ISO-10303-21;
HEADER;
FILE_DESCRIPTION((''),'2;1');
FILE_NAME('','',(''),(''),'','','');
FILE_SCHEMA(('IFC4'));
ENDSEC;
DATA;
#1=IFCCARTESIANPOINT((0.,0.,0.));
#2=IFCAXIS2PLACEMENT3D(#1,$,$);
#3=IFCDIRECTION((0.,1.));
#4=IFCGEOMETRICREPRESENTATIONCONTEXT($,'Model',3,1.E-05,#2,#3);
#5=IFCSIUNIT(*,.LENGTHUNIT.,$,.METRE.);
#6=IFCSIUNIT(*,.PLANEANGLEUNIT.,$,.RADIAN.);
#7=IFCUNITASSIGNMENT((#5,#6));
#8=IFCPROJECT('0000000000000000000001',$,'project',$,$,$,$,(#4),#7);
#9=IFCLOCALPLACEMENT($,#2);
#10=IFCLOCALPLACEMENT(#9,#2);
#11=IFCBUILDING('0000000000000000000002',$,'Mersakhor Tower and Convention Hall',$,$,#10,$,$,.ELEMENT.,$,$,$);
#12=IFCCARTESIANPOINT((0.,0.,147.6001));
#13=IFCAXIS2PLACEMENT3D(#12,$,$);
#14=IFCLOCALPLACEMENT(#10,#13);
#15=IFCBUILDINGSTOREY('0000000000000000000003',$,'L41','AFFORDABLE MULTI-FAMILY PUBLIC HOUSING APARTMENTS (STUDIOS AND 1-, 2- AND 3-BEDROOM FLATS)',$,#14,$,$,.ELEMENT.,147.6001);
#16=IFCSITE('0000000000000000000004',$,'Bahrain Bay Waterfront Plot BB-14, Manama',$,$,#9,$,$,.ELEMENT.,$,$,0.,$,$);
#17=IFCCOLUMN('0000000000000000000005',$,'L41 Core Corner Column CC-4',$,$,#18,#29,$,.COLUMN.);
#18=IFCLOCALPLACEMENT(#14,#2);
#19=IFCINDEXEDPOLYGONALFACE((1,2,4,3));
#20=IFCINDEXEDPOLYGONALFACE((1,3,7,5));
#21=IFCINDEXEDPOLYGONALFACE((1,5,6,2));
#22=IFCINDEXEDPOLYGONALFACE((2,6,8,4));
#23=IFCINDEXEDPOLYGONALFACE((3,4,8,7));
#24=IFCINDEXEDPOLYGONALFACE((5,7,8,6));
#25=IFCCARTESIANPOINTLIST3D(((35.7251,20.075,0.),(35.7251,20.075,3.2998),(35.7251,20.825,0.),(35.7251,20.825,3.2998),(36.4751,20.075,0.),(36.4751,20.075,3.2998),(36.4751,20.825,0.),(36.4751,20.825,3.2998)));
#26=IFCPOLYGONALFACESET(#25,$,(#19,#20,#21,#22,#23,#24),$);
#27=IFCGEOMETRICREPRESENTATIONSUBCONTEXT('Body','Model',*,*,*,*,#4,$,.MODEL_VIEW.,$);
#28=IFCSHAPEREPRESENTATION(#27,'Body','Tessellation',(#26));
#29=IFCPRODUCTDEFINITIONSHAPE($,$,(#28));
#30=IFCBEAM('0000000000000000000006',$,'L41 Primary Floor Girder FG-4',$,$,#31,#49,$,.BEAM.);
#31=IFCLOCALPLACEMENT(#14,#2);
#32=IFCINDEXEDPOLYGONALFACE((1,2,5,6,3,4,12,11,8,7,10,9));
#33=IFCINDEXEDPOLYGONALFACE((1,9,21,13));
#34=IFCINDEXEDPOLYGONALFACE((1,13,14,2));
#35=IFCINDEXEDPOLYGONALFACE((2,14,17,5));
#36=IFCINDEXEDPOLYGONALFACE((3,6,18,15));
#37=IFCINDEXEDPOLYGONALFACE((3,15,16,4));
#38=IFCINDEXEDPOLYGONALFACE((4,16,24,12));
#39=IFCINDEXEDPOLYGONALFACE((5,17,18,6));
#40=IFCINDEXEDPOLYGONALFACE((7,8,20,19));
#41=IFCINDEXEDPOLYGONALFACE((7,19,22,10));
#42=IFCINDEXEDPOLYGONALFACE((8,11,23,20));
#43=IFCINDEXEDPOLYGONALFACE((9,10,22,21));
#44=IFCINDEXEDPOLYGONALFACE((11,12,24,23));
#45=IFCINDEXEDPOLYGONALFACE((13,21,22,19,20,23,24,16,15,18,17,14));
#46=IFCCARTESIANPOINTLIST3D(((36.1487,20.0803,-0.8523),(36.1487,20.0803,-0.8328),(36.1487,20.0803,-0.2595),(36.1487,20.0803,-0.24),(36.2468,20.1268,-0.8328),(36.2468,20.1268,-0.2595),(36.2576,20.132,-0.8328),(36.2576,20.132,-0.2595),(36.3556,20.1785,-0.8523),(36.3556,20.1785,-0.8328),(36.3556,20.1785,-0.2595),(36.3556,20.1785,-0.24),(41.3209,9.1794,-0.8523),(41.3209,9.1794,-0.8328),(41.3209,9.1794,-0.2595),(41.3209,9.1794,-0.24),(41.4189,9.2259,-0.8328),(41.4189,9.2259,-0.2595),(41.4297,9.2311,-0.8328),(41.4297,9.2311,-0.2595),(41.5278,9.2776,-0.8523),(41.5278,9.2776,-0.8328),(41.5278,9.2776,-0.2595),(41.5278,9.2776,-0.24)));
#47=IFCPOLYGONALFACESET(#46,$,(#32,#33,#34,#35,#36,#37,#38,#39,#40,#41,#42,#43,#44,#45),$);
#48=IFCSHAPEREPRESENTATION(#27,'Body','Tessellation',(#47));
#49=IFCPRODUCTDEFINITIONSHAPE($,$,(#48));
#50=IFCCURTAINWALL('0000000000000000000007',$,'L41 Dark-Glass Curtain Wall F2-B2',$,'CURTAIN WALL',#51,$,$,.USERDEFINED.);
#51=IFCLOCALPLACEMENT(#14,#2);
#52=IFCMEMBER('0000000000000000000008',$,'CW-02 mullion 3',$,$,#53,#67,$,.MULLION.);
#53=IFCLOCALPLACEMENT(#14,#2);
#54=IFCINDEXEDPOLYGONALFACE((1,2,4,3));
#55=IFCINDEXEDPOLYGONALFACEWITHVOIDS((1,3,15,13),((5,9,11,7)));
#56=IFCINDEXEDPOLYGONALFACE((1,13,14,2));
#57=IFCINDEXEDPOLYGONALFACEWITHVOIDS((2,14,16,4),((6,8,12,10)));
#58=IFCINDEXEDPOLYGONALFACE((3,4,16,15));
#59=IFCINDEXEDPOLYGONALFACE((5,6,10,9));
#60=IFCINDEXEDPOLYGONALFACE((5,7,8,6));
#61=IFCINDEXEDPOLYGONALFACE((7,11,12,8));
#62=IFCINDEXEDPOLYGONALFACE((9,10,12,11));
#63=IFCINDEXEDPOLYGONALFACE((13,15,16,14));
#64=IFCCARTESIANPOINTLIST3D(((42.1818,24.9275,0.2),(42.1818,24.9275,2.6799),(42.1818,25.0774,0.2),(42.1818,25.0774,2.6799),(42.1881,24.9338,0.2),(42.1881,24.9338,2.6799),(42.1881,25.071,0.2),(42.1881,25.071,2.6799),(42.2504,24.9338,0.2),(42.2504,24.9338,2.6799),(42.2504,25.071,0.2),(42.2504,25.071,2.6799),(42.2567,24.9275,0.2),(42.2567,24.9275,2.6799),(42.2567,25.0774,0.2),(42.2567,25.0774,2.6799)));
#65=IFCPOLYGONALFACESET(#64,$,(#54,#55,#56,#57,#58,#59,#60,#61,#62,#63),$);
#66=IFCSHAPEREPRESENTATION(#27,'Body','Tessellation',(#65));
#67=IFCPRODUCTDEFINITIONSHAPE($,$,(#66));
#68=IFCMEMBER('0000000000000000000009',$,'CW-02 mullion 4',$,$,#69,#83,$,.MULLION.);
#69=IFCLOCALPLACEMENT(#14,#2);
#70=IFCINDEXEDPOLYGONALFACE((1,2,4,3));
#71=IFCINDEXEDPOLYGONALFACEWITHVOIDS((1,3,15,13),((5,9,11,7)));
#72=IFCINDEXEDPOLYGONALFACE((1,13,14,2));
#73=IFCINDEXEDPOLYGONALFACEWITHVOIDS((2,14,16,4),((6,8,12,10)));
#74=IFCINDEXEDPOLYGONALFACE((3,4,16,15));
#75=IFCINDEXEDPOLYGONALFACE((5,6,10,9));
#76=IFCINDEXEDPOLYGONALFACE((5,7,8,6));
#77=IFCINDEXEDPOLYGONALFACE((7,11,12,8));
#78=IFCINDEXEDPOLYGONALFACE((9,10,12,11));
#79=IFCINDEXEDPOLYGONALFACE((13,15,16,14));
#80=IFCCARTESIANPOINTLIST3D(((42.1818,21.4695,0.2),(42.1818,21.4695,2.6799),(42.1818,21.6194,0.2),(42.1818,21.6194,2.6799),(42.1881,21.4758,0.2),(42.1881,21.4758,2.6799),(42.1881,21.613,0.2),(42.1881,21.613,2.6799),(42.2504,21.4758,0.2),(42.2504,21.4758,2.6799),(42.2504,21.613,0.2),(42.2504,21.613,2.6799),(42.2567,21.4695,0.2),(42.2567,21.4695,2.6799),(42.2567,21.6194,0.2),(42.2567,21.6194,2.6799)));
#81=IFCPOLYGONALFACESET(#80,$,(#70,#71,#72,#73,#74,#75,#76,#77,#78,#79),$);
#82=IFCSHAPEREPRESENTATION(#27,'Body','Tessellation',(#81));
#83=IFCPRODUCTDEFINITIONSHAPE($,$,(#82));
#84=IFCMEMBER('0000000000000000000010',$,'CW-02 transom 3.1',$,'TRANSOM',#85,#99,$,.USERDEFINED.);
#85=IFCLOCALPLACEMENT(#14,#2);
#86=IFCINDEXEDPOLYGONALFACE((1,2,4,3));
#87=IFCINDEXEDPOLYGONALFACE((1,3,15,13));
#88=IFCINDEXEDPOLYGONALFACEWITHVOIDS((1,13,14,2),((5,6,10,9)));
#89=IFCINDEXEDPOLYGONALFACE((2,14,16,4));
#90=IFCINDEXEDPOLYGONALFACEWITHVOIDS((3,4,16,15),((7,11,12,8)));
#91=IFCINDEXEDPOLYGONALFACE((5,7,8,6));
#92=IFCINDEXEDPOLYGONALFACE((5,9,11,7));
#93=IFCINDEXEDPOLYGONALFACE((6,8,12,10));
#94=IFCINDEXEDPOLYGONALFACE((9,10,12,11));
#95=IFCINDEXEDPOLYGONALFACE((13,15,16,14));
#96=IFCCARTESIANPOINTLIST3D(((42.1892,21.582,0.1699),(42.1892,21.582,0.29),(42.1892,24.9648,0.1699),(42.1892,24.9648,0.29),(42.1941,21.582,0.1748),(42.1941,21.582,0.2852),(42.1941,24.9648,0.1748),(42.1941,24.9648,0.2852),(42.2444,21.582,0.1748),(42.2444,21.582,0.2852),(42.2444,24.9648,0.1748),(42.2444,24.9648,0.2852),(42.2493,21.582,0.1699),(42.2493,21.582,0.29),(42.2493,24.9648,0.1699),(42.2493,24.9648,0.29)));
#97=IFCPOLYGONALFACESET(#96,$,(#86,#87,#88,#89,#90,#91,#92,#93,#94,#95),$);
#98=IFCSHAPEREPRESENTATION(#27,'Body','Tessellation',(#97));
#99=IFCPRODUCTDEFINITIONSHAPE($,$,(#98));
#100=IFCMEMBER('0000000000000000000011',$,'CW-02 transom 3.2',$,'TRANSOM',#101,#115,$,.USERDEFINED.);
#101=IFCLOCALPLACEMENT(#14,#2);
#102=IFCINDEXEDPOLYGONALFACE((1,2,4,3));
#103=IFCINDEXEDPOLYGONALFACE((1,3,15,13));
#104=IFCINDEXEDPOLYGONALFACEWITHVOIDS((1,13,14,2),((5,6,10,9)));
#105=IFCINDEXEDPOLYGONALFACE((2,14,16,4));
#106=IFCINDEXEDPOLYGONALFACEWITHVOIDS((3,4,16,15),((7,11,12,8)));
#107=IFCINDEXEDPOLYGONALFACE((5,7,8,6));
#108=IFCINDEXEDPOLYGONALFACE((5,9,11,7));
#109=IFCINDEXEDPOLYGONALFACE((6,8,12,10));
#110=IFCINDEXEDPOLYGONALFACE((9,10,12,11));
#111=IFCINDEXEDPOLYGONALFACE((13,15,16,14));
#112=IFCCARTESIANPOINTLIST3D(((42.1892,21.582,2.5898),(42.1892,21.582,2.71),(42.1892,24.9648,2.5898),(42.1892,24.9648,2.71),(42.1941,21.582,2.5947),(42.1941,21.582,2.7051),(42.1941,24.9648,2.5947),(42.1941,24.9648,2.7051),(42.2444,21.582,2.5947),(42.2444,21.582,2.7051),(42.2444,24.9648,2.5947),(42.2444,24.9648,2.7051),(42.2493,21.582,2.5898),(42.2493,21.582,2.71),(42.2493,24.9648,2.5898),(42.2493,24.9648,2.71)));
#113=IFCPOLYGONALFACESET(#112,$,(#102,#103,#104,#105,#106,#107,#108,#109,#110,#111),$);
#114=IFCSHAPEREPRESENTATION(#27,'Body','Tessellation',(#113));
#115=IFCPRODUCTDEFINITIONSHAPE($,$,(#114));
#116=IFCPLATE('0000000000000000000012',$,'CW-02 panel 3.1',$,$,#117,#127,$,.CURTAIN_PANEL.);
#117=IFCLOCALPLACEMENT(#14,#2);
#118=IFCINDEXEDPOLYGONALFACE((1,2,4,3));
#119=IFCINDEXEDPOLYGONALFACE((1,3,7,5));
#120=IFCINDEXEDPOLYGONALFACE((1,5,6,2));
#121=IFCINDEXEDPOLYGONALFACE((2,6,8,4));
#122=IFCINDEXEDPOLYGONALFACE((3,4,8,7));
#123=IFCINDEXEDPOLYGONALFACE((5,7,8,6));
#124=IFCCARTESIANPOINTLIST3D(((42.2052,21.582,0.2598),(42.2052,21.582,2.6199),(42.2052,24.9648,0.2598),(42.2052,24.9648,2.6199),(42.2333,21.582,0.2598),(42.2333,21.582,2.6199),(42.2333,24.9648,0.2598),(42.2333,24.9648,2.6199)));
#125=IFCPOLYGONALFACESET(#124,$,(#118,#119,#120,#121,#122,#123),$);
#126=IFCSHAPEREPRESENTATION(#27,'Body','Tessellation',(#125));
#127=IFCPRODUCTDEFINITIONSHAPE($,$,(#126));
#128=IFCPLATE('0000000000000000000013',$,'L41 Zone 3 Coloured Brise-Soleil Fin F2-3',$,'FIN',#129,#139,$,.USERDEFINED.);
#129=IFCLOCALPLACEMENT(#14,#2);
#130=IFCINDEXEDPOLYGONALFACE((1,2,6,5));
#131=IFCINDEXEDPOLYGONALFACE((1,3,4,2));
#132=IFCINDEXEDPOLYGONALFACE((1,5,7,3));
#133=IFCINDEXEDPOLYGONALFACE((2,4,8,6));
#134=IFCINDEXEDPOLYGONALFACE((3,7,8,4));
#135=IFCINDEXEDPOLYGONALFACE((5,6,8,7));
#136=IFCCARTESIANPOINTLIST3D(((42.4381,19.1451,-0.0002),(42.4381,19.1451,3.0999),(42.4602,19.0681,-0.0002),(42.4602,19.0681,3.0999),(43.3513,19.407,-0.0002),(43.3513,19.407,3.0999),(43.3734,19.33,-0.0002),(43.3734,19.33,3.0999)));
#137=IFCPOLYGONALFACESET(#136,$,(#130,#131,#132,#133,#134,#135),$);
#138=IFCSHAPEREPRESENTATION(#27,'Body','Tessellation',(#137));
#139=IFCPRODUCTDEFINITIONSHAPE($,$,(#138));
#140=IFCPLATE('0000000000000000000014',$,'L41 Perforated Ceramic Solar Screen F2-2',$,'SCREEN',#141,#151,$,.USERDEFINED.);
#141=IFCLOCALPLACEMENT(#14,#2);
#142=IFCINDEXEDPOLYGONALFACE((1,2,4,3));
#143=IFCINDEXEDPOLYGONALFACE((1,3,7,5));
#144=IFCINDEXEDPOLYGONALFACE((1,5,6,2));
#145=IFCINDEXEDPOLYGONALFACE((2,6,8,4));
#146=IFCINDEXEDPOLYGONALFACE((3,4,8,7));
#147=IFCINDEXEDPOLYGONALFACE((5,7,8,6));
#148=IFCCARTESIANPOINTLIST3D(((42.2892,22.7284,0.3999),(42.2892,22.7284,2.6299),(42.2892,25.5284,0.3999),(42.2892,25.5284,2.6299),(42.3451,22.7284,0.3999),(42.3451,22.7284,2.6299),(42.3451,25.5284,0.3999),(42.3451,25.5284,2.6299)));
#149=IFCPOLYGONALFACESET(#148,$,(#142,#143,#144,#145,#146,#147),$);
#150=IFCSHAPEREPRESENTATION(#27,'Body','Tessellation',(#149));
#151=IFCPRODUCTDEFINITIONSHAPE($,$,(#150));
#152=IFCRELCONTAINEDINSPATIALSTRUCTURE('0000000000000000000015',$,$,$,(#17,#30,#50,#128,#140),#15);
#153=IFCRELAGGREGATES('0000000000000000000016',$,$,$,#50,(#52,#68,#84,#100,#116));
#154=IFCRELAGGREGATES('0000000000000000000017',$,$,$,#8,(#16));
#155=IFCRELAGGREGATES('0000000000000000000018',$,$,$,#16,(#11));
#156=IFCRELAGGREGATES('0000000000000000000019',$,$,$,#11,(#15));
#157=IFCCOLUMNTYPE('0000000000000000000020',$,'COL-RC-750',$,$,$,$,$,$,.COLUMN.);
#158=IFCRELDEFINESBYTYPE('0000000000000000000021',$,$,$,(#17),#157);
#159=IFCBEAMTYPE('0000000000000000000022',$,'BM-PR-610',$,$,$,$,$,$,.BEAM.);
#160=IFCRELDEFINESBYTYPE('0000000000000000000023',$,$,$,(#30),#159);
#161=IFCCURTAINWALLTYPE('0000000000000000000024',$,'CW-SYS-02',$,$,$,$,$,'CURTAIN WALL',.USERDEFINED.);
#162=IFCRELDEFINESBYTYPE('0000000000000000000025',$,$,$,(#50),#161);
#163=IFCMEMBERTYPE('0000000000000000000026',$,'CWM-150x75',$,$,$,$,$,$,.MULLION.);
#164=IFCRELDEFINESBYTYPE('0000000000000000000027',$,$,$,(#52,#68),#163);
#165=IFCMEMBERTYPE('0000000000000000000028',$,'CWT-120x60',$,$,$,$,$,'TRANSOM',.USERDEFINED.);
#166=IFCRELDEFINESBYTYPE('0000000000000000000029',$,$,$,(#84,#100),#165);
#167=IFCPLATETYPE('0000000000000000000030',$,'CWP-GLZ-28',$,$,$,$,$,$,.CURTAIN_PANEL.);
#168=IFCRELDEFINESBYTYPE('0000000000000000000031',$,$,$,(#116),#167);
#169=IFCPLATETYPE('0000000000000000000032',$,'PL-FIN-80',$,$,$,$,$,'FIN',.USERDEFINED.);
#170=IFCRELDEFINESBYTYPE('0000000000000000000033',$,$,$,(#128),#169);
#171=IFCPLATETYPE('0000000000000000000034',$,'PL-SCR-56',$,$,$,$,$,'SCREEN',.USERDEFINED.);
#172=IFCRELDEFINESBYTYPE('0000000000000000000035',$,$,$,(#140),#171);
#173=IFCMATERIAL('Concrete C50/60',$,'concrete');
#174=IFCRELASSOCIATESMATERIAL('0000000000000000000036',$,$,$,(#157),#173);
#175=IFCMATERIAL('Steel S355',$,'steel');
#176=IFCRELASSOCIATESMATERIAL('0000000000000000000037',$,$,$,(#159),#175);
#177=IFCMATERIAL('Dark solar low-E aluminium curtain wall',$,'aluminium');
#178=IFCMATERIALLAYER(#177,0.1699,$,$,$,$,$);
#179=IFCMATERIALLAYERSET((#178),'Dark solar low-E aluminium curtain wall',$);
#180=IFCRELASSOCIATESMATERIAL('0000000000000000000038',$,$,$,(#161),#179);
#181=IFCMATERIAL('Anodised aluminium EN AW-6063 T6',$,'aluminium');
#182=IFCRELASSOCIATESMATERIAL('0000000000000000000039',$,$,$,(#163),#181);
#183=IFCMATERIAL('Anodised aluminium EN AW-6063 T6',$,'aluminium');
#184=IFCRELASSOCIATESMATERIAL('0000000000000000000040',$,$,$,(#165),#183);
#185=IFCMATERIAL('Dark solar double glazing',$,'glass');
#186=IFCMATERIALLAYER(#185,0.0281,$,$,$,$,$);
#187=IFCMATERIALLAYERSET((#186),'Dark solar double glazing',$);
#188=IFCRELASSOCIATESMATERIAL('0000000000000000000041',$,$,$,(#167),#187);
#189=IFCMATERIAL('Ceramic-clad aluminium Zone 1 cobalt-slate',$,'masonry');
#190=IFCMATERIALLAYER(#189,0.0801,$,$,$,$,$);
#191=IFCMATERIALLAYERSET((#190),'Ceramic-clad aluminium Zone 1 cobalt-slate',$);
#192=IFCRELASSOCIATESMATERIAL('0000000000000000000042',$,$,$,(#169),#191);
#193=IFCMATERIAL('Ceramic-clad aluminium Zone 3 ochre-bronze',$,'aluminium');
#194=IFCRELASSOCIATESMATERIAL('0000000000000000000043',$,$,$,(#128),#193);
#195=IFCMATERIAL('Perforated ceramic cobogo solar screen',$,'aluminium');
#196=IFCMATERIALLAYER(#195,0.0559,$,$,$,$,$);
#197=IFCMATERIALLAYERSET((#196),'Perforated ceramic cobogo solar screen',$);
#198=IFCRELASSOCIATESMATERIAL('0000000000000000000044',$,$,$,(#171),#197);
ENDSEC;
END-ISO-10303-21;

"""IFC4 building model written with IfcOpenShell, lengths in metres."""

from ifc_helpers import new_model, si_unit, direction, frame, origin, origin_2d, place, context, subcontext, project, spatial, rectangle, hollow_rectangle, i_section, extrude, material, layer, layer_set, material_profile, profile_set, type_object, element, aggregate, save


model = new_model("IFC4")

# Units and contexts
model_context = context("Model", 3, precision=1e-05, world=origin(), true_north=direction((0.0, 1.0)))
body_context = subcontext(model_context, "Body", "Model", "MODEL_VIEW")
ifc_project = project(units=[si_unit("LENGTHUNIT", "METRE"), si_unit("PLANEANGLEUNIT", "RADIAN")], contexts=[model_context])

# Site, building, storey
site_placement = place(None, origin())
site = spatial("IfcSite", under=ifc_project, at=site_placement, Name="Bahrain Bay Waterfront Plot BB-14, Manama", CompositionType="ELEMENT", RefElevation=0.0)
building_placement = place(site_placement, origin())
building = spatial("IfcBuilding", under=site, at=building_placement, Name="Mersakhor Tower and Convention Hall", CompositionType="ELEMENT")
storey_placement = place(building_placement, frame((0.0, 0.0, 147.6001)))
storey = spatial("IfcBuildingStorey", under=building, at=storey_placement, Name="L41", Description="AFFORDABLE MULTI-FAMILY PUBLIC HOUSING APARTMENTS (STUDIOS AND 1-, 2- AND 3-BEDROOM FLATS)", CompositionType="ELEMENT", Elevation=147.6001)

# Column
ifc_material_1 = material(Name="Concrete C50/60", Category="concrete")
ifc_material_profile_1 = material_profile(ifc_material_1, rectangle(XDim=0.75, YDim=0.75, at=origin_2d()), Name="RC 750x750")
ifc_profile_set_1 = profile_set([ifc_material_profile_1], Name="Concrete C50/60")
column_type = type_object("IfcColumnType", Name="COL-RC-750", PredefinedType="COLUMN", material=ifc_profile_set_1)
column_placement = place(storey_placement, frame((36.1001, 20.45, 0.0), z_axis=(0.0, 0.0, 1.0), x_axis=(1.0, 0.0, 0.0)))
element("IfcColumn", 1, at=column_placement, inside=storey, type_object=column_type, Name="L41 Core Corner Column CC-4", PredefinedType="COLUMN", context=body_context, shape_type="SweptSolid", body=[
    extrude(rectangle(XDim=0.75, YDim=0.75, at=origin_2d()), origin(), (0.0, 0.0, 1.0), 3.2998),
])

# Beam
ifc_material_2 = material(Name="Steel S355", Category="steel")
ifc_material_profile_2 = material_profile(ifc_material_2, i_section(OverallWidth=0.229, OverallDepth=0.6123, WebThickness=0.012, FlangeThickness=0.0195, at=origin_2d()), Name="UB 610x229x125")
ifc_profile_set_2 = profile_set([ifc_material_profile_2], Name="Steel S355")
beam_type = type_object("IfcBeamType", Name="BM-PR-610", PredefinedType="BEAM", material=ifc_profile_set_2)
beam_placement = place(storey_placement, frame((36.2522, 20.1294, -0.5461), z_axis=(0.428665, -0.903464, 0.0), x_axis=(0.903464, 0.428665, 0.0)))
element("IfcBeam", 2, at=beam_placement, inside=storey, type_object=beam_type, Name="L41 Primary Floor Girder FG-4", PredefinedType="BEAM", context=body_context, shape_type="SweptSolid", body=[
    extrude(i_section(OverallWidth=0.229, OverallDepth=0.6123, WebThickness=0.012, FlangeThickness=0.0195, at=origin_2d()), origin(), (0.0, 0.0, 1.0), 12.0657),
])

# Curtain wall, members, plate
ifc_material_3 = material(Name="Dark solar low-E aluminium curtain wall", Category="aluminium")
ifc_layer_1 = layer(ifc_material_3, 0.1699)
ifc_layer_set_1 = layer_set([ifc_layer_1], Name="Dark solar low-E aluminium curtain wall")
curtain_wall_type = type_object("IfcCurtainWallType", Name="CW-SYS-02", ElementType="CURTAIN WALL", PredefinedType="USERDEFINED", material=ifc_layer_set_1)
curtain_wall_placement = place(storey_placement, origin())
curtain_wall = element("IfcCurtainWall", 3, at=curtain_wall_placement, inside=storey, type_object=curtain_wall_type, Name="L41 Dark-Glass Curtain Wall F2-B2", ObjectType="CURTAIN WALL", PredefinedType="USERDEFINED")
ifc_material_4 = material(Name="Anodised aluminium EN AW-6063 T6", Category="aluminium")
ifc_material_profile_3 = material_profile(ifc_material_4, hollow_rectangle(XDim=0.075, YDim=0.1499, WallThickness=0.0063, at=origin_2d()), Name="RHS 150x75x6.3")
ifc_profile_set_3 = profile_set([ifc_material_profile_3], Name="Anodised aluminium EN AW-6063 T6")
member_type_1 = type_object("IfcMemberType", Name="CWM-150x75", PredefinedType="MULLION", material=ifc_profile_set_3)
member_1_placement = place(storey_placement, frame((42.2192, 25.0024, 0.2), z_axis=(0.0, 0.0, 1.0), x_axis=(1.0, 0.0, 0.0)))
member_1 = element("IfcMember", 4, at=member_1_placement, type_object=member_type_1, Name="CW-02 mullion 3", PredefinedType="MULLION", context=body_context, shape_type="SweptSolid", body=[
    extrude(hollow_rectangle(XDim=0.075, YDim=0.1499, WallThickness=0.0063, at=origin_2d()), origin(), (0.0, 0.0, 1.0), 2.48),
])
member_2_placement = place(storey_placement, frame((42.2192, 21.5444, 0.2), z_axis=(0.0, 0.0, 1.0), x_axis=(1.0, 0.0, 0.0)))
member_2 = element("IfcMember", 5, at=member_2_placement, type_object=member_type_1, Name="CW-02 mullion 4", PredefinedType="MULLION", context=body_context, shape_type="SweptSolid", body=[
    extrude(hollow_rectangle(XDim=0.075, YDim=0.1499, WallThickness=0.0063, at=origin_2d()), origin(), (0.0, 0.0, 1.0), 2.48),
])
ifc_material_5 = material(Name="Anodised aluminium EN AW-6063 T6", Category="aluminium")
ifc_material_profile_4 = material_profile(ifc_material_5, hollow_rectangle(XDim=0.0601, YDim=0.1201, WallThickness=0.0049, at=origin_2d()), Name="RHS 120x60x5")
ifc_profile_set_4 = profile_set([ifc_material_profile_4], Name="Anodised aluminium EN AW-6063 T6")
member_type_2 = type_object("IfcMemberType", Name="CWT-120x60", ElementType="TRANSOM", PredefinedType="USERDEFINED", material=ifc_profile_set_4)
member_3_placement = place(storey_placement, frame((42.2192, 24.9648, 0.23), z_axis=(0.0, -1.0, 0.0), x_axis=(1.0, 0.0, 0.0)))
member_3 = element("IfcMember", 6, at=member_3_placement, type_object=member_type_2, Name="CW-02 transom 3.1", ObjectType="TRANSOM", PredefinedType="USERDEFINED", context=body_context, shape_type="SweptSolid", body=[
    extrude(hollow_rectangle(XDim=0.0601, YDim=0.1201, WallThickness=0.0049, at=origin_2d()), origin(), (0.0, 0.0, 1.0), 3.3828),
])
member_4_placement = place(storey_placement, frame((42.2192, 24.9648, 2.6499), z_axis=(0.0, -1.0, 0.0), x_axis=(1.0, 0.0, 0.0)))
member_4 = element("IfcMember", 7, at=member_4_placement, type_object=member_type_2, Name="CW-02 transom 3.2", ObjectType="TRANSOM", PredefinedType="USERDEFINED", context=body_context, shape_type="SweptSolid", body=[
    extrude(hollow_rectangle(XDim=0.0601, YDim=0.1201, WallThickness=0.0049, at=origin_2d()), origin(), (0.0, 0.0, 1.0), 3.3828),
])
ifc_material_6 = material(Name="Dark solar double glazing", Category="glass")
ifc_layer_2 = layer(ifc_material_6, 0.0281)
ifc_layer_set_2 = layer_set([ifc_layer_2], Name="Dark solar double glazing")
plate_type_1 = type_object("IfcPlateType", Name="CWP-GLZ-28", PredefinedType="CURTAIN_PANEL", material=ifc_layer_set_2)
plate_1_placement = place(storey_placement, frame((42.2192, 23.2734, 0.2598), z_axis=(0.0, 0.0, 1.0), x_axis=(0.0, -1.0, 0.0)))
plate_1 = element("IfcPlate", 8, at=plate_1_placement, type_object=plate_type_1, Name="CW-02 panel 3.1", PredefinedType="CURTAIN_PANEL", context=body_context, shape_type="SweptSolid", body=[
    extrude(rectangle(XDim=3.3828, YDim=0.0281, at=origin_2d()), origin(), (0.0, 0.0, 1.0), 2.3601),
])
aggregate(curtain_wall, [member_1, member_2, member_3, member_4, plate_1])

# Plates
ifc_material_7 = material(Name="Ceramic-clad aluminium Zone 3 ochre-bronze", Category="aluminium")
ifc_material_8 = material(Name="Ceramic-clad aluminium Zone 1 cobalt-slate", Category="masonry")
ifc_layer_3 = layer(ifc_material_8, 0.0801)
ifc_layer_set_3 = layer_set([ifc_layer_3], Name="Ceramic-clad aluminium Zone 1 cobalt-slate")
plate_type_2 = type_object("IfcPlateType", Name="PL-FIN-80", ElementType="FIN", PredefinedType="USERDEFINED", material=ifc_layer_set_3)
plate_2_placement = place(storey_placement, frame((42.9058, 19.2375, -0.0002), z_axis=(0.0, 0.0, 1.0), x_axis=(0.961262, 0.275637, 0.0)))
element("IfcPlate", 9, at=plate_2_placement, inside=storey, type_object=plate_type_2, material=ifc_material_7, Name="L41 Zone 3 Coloured Brise-Soleil Fin F2-3", ObjectType="FIN", PredefinedType="USERDEFINED", context=body_context, shape_type="SweptSolid", body=[
    extrude(rectangle(XDim=0.95, YDim=0.0801, at=origin_2d()), origin(), (0.0, 0.0, 1.0), 3.1001),
])
ifc_material_9 = material(Name="Perforated ceramic cobogo solar screen", Category="aluminium")
ifc_layer_4 = layer(ifc_material_9, 0.0559)
ifc_layer_set_4 = layer_set([ifc_layer_4], Name="Perforated ceramic cobogo solar screen")
plate_type_3 = type_object("IfcPlateType", Name="PL-SCR-56", ElementType="SCREEN", PredefinedType="USERDEFINED", material=ifc_layer_set_4)
plate_3_placement = place(storey_placement, frame((42.3171, 24.1284, 0.3999), z_axis=(0.0, 0.0, 1.0), x_axis=(0.0, -1.0, 0.0)))
element("IfcPlate", 10, at=plate_3_placement, inside=storey, type_object=plate_type_3, Name="L41 Perforated Ceramic Solar Screen F2-2", ObjectType="SCREEN", PredefinedType="USERDEFINED", context=body_context, shape_type="SweptSolid", body=[
    extrude(rectangle(XDim=2.8, YDim=0.0559, at=origin_2d()), origin(), (0.0, 0.0, 1.0), 2.23),
])

save(model, "model.ifc")
